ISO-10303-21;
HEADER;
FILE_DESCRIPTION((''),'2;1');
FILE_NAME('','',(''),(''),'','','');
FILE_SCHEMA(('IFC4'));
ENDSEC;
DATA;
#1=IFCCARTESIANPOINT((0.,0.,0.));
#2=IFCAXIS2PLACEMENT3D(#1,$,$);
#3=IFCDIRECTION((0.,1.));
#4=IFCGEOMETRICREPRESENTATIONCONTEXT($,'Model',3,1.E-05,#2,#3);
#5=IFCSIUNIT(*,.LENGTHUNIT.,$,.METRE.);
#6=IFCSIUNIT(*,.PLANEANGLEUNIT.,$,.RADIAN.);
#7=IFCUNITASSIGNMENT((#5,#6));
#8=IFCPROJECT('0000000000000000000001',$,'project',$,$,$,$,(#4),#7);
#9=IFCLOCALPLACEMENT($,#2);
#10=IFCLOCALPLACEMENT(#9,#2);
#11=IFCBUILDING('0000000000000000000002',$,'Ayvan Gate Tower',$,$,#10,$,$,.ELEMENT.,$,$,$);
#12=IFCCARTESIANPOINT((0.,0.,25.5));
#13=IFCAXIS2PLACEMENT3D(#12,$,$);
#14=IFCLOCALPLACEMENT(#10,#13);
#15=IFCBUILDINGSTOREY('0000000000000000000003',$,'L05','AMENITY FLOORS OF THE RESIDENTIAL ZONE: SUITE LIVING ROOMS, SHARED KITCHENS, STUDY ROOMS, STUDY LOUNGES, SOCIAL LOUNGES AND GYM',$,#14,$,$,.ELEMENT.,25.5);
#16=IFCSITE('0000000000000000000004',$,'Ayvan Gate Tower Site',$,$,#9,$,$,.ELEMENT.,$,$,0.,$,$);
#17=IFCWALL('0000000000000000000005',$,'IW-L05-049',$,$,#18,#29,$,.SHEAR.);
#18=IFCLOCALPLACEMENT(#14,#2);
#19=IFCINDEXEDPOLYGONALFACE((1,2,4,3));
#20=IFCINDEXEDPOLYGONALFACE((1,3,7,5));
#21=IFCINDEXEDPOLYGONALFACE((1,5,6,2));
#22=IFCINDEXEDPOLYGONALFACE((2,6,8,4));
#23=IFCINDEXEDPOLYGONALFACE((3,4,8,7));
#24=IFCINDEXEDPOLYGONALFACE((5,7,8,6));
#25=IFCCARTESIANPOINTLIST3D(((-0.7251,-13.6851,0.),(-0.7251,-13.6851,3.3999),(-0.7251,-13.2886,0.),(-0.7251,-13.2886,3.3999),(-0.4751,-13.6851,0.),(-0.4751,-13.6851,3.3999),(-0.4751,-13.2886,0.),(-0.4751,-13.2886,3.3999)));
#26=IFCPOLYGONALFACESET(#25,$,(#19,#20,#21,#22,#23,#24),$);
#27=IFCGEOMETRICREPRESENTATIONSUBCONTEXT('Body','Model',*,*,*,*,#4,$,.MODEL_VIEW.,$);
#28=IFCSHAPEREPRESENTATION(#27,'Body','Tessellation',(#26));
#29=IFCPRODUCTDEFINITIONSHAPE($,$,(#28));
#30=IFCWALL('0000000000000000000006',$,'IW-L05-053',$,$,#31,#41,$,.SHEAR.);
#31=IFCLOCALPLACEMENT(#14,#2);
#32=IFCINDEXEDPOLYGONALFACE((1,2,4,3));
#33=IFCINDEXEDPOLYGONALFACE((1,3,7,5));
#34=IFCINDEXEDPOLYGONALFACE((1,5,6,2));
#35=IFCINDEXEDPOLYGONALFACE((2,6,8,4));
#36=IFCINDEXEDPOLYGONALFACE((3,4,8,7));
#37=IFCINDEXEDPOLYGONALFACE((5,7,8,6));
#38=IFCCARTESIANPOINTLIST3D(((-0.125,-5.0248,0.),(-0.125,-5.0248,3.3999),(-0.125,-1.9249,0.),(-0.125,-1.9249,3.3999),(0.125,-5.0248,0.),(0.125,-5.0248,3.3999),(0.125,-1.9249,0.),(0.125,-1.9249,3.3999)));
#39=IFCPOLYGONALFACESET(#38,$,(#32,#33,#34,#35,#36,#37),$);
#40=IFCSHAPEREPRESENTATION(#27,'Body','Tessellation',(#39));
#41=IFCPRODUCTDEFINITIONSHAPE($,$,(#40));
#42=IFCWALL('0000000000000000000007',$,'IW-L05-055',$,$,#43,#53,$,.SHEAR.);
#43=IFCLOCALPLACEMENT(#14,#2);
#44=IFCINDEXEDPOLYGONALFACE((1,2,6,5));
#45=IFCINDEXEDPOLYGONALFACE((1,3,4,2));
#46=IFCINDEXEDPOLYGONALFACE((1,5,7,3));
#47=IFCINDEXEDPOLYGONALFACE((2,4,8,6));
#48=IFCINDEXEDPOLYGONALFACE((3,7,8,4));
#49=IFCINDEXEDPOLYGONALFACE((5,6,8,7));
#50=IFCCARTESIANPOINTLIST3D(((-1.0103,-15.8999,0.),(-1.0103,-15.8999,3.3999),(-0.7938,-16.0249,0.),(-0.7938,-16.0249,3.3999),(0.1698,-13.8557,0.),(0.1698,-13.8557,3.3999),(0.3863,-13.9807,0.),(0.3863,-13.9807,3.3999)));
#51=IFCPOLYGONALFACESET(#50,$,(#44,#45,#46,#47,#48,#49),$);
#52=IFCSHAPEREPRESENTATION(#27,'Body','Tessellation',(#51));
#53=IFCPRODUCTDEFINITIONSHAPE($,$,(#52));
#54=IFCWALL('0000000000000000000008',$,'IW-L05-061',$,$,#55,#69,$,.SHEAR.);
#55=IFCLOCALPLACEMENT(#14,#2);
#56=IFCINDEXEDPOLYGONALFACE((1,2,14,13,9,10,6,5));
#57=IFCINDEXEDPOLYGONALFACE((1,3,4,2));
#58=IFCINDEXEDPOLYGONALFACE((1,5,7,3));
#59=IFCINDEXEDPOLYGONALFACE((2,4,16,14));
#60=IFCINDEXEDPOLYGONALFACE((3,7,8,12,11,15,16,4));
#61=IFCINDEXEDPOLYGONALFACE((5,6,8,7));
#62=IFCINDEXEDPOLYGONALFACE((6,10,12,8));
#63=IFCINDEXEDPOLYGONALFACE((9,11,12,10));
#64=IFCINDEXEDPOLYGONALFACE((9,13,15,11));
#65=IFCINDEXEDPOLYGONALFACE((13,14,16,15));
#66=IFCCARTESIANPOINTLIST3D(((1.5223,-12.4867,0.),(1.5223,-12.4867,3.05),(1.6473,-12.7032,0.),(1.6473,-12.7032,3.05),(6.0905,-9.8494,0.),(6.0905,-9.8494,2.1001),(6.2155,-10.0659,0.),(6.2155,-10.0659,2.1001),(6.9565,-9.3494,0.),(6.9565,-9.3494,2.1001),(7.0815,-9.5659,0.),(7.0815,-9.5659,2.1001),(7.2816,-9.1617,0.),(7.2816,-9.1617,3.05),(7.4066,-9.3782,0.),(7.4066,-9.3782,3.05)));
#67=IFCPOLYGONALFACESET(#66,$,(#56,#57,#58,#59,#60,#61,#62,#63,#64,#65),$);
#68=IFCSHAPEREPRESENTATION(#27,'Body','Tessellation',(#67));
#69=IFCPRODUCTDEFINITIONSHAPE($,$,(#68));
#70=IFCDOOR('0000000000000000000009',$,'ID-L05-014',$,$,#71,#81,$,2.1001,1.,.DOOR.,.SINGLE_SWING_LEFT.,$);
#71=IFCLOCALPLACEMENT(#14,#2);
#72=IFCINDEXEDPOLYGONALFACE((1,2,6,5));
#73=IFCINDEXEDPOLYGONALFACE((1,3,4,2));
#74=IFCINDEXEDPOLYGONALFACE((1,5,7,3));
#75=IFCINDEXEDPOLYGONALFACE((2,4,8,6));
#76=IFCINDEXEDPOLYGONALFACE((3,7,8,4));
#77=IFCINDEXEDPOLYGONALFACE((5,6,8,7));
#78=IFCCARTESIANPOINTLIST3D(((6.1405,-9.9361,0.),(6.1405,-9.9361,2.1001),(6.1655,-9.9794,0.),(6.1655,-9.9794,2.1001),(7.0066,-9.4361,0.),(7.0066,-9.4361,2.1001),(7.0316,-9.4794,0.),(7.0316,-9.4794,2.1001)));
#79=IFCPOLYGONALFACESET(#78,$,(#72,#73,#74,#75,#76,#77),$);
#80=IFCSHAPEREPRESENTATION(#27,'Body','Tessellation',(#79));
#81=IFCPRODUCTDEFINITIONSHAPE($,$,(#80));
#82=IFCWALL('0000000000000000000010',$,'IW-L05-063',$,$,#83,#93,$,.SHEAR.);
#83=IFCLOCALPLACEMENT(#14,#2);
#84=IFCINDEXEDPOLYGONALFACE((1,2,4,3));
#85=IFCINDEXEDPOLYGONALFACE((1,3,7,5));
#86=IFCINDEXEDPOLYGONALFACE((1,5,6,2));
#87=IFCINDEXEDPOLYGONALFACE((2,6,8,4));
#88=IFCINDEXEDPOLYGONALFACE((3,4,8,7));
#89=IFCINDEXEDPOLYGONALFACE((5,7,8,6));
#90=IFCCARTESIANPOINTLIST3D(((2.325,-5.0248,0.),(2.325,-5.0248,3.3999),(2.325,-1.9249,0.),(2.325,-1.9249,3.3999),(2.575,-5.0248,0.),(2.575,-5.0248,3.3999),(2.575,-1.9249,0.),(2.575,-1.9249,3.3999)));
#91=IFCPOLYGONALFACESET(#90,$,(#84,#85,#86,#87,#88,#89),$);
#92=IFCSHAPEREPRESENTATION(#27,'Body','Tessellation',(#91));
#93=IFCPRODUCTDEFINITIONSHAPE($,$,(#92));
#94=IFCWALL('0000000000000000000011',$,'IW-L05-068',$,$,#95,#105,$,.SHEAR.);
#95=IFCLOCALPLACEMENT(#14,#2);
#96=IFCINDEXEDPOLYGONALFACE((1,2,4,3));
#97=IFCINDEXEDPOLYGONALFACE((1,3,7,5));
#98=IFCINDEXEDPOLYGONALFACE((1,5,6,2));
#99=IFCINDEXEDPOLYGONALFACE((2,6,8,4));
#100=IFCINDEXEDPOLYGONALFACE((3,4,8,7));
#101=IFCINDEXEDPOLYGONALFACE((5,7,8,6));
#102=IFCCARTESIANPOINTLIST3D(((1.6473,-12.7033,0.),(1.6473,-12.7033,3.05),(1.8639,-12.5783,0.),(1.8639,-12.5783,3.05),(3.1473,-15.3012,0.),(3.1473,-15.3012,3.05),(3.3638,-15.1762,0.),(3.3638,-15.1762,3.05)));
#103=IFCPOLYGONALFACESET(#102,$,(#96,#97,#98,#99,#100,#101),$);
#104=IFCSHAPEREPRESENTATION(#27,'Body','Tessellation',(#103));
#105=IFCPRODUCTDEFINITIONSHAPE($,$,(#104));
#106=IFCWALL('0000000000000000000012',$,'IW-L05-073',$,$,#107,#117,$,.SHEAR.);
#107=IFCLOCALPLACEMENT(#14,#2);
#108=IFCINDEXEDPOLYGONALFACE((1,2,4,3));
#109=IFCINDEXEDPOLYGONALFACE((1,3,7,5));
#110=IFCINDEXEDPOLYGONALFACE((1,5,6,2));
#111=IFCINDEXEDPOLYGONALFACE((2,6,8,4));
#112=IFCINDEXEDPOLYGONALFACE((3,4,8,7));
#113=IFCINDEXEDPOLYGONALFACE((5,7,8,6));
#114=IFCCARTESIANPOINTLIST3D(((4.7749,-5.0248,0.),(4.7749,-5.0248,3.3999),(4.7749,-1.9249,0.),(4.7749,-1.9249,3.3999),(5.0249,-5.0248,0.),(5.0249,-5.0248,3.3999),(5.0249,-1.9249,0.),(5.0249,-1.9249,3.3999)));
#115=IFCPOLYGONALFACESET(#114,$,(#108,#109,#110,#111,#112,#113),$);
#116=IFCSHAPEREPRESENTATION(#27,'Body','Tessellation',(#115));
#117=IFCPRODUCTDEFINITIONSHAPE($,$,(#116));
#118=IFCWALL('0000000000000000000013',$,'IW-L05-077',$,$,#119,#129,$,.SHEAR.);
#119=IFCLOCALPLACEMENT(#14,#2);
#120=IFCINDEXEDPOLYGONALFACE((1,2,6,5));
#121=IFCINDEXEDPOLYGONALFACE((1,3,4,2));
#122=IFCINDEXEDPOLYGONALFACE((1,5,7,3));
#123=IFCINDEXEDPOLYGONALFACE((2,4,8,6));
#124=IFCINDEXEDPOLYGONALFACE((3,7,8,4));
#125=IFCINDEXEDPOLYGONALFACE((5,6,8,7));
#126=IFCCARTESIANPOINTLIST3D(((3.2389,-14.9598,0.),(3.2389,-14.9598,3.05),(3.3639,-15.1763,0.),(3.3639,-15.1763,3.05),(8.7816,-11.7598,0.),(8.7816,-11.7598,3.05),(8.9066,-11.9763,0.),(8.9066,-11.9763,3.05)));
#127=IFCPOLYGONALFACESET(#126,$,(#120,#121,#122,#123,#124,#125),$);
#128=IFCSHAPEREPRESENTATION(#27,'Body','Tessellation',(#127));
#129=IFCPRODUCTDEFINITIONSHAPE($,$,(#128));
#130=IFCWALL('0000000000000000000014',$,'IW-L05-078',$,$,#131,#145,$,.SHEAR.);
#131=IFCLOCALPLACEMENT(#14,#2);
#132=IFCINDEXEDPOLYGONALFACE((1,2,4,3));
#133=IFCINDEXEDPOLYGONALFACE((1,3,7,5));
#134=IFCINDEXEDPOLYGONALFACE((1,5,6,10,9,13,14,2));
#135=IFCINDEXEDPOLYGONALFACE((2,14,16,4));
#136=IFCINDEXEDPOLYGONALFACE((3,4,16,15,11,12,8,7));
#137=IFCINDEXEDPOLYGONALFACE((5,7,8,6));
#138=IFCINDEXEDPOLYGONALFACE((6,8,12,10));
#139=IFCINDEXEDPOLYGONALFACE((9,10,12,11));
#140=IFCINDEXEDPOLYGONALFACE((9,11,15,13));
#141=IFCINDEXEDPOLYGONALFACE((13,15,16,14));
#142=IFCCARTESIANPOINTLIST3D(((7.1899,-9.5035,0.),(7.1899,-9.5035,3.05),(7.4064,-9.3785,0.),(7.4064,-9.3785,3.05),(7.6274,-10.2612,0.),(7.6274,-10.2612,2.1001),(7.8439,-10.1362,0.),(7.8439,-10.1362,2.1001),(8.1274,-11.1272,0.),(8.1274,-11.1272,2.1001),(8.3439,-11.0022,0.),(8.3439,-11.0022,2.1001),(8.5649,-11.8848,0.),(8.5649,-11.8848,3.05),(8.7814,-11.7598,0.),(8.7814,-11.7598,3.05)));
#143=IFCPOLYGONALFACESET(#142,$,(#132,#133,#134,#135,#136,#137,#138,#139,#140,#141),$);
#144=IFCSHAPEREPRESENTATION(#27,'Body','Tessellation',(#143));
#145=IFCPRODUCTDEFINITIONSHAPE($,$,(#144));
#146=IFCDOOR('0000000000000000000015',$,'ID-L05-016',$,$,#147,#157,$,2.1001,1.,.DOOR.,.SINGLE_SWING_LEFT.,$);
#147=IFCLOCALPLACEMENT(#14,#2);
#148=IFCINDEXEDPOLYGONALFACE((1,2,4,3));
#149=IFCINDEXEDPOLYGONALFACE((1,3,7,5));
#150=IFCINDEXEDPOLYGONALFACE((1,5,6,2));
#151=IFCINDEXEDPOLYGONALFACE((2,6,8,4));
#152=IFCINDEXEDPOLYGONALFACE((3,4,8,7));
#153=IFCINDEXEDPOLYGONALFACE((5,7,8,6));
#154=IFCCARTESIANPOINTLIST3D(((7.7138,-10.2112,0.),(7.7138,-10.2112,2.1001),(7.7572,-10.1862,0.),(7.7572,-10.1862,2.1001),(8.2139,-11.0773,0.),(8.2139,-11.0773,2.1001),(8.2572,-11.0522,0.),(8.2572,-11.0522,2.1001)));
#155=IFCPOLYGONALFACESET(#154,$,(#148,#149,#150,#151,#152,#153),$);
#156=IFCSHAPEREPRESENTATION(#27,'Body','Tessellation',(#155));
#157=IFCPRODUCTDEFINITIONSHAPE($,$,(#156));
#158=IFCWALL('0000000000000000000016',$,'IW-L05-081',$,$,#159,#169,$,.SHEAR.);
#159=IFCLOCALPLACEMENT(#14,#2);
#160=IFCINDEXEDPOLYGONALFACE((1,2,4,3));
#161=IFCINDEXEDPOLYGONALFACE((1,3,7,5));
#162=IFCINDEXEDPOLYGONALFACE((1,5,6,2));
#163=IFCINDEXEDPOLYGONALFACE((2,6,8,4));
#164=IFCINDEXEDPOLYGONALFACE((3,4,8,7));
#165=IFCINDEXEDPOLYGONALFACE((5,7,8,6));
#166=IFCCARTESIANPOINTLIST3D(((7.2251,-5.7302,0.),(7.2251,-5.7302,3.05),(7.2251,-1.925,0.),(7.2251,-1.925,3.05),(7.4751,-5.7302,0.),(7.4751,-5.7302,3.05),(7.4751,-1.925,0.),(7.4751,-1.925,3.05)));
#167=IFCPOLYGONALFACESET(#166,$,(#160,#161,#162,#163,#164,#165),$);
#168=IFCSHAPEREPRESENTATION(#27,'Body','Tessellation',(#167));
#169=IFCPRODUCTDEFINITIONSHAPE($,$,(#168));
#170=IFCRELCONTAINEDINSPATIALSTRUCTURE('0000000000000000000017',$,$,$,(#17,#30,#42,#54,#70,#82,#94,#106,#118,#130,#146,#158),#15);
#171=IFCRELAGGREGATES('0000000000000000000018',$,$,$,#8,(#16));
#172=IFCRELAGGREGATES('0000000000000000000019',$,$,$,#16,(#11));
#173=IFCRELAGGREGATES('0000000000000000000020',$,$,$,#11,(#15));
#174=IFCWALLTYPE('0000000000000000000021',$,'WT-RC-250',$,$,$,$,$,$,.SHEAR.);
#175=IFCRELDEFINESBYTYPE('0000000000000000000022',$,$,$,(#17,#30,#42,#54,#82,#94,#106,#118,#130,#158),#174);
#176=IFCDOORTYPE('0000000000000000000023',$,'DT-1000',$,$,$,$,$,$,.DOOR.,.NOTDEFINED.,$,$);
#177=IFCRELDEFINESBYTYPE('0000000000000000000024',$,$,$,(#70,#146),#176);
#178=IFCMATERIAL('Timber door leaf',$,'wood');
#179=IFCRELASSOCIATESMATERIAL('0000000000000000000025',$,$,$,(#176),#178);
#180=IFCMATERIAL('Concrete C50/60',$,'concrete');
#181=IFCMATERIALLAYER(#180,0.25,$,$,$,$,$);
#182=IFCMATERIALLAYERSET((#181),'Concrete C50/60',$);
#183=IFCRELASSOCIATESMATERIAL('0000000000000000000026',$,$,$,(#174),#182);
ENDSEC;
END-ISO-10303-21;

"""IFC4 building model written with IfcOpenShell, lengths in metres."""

from ifc_helpers import new_model, si_unit, direction, frame, frame_2d, origin, place, context, subcontext, project, spatial, rectangle, extrude, material, layer, layer_set, type_object, element, fill, save


model = new_model("IFC4")

# Units and contexts
model_context = context("Model", 3, precision=1e-05, world=origin(), true_north=direction((0.0, 1.0)))
body_context = subcontext(model_context, "Body", "Model", "MODEL_VIEW")
ifc_project = project(units=[si_unit("LENGTHUNIT", "METRE"), si_unit("PLANEANGLEUNIT", "RADIAN")], contexts=[model_context])

# Site, building, storey
site_placement = place(None, origin())
site = spatial("IfcSite", under=ifc_project, at=site_placement, Name="Ayvan Gate Tower Site", CompositionType="ELEMENT", RefElevation=0.0)
building_placement = place(site_placement, origin())
building = spatial("IfcBuilding", under=site, at=building_placement, Name="Ayvan Gate Tower", CompositionType="ELEMENT")
storey_placement = place(building_placement, frame((0.0, 0.0, 25.5)))
storey = spatial("IfcBuildingStorey", under=building, at=storey_placement, Name="L05", Description="AMENITY FLOORS OF THE RESIDENTIAL ZONE: SUITE LIVING ROOMS, SHARED KITCHENS, STUDY ROOMS, STUDY LOUNGES, SOCIAL LOUNGES AND GYM", CompositionType="ELEMENT", Elevation=25.5)

# Shared definitions
ifc_material_1 = material(Name="Timber door leaf", Category="wood")

# Shared definitions
door_type_1 = type_object("IfcDoorType", Name="DT-1000", OperationType="NOTDEFINED", PredefinedType="DOOR", material=ifc_material_1)

# Walls
ifc_material_2 = material(Name="Concrete C50/60", Category="concrete")
ifc_layer_1 = layer(ifc_material_2, 0.25)
ifc_layer_set_1 = layer_set([ifc_layer_1], Name="Concrete C50/60")
wall_type_1 = type_object("IfcWallType", Name="WT-RC-250", PredefinedType="SHEAR", material=ifc_layer_set_1)
wall_1_placement = place(storey_placement, frame((-0.6001, -13.2886, 0.0), z_axis=(0.0, 0.0, 1.0), x_axis=(0.0, -1.0, 0.0)))
element("IfcWall", 1, at=wall_1_placement, inside=storey, type_object=wall_type_1, Name="IW-L05-049", PredefinedType="SHEAR", context=body_context, shape_type="SweptSolid", body=[
    extrude(rectangle(XDim=0.3965, YDim=0.25, at=frame_2d((0.1982, 0.0))), origin(), (0.0, 0.0, 1.0), 3.3999),
])
wall_2_placement = place(storey_placement, frame((0.0, -1.925, 0.0), z_axis=(0.0, 0.0, 1.0), x_axis=(0.0, -1.0, 0.0)))
element("IfcWall", 2, at=wall_2_placement, inside=storey, type_object=wall_type_1, Name="IW-L05-053", PredefinedType="SHEAR", context=body_context, shape_type="SweptSolid", body=[
    extrude(rectangle(XDim=3.0999, YDim=0.25, at=frame_2d((1.5498, 0.0))), origin(), (0.0, 0.0, 1.0), 3.3999),
])
wall_3_placement = place(storey_placement, frame((0.2781, -13.9182, 0.0), z_axis=(0.0, 0.0, 1.0), x_axis=(-0.499988, -0.866032, 0.0)))
element("IfcWall", 3, at=wall_3_placement, inside=storey, type_object=wall_type_1, Name="IW-L05-055", PredefinedType="SHEAR", context=body_context, shape_type="SweptSolid", body=[
    extrude(rectangle(XDim=2.3604, YDim=0.25, at=frame_2d((1.1802, 0.0))), origin(), (0.0, 0.0, 1.0), 3.3999),
])

# Wall, opening, door
wall_4_placement = place(storey_placement, frame((1.5847, -12.595, 0.0), z_axis=(0.0, 0.0, 1.0), x_axis=(0.866036, 0.499981, 0.0)))
wall_4 = element("IfcWall", 4, at=wall_4_placement, inside=storey, type_object=wall_type_1, Name="IW-L05-061", PredefinedType="SHEAR", context=body_context, shape_type="SweptSolid", body=[
    extrude(rectangle(XDim=6.6501, YDim=0.25, at=frame_2d((3.3252, 0.0))), origin(), (0.0, 0.0, 1.0), 3.05),
])
opening_1_placement = place(wall_4_placement, frame((5.2749, 0.0, 0.0)))
opening_1 = element("IfcOpeningElement", 5, at=opening_1_placement, cuts=wall_4, PredefinedType="OPENING", context=body_context, shape_type="SweptSolid", body=[
    extrude(rectangle(XDim=1.0, YDim=2.1001, at=frame_2d((0.5, 1.05))), frame((0.0, 0.135, 0.0), z_axis=(0.0, -1.0, 0.0), x_axis=(1.0, 0.0, 0.0)), (0.0, 0.0, 1.0), 0.27),
])
door_1_placement = place(opening_1_placement, origin())
door_1 = element("IfcDoor", 6, at=door_1_placement, inside=storey, type_object=door_type_1, Name="ID-L05-014", OperationType="SINGLE_SWING_LEFT", OverallHeight=2.1001, OverallWidth=1.0, PredefinedType="DOOR", context=body_context, shape_type="SweptSolid", body=[
    extrude(rectangle(XDim=1.0, YDim=2.1001, at=frame_2d((0.5, 1.05))), frame((0.0, 0.0249, 0.0), z_axis=(0.0, -1.0, 0.0), x_axis=(1.0, 0.0, 0.0)), (0.0, 0.0, 1.0), 0.05),
])
fill(opening_1, door_1)

# Walls
wall_5_placement = place(storey_placement, frame((2.45, -1.925, 0.0), z_axis=(0.0, 0.0, 1.0), x_axis=(0.0, -1.0, 0.0)))
element("IfcWall", 7, at=wall_5_placement, inside=storey, type_object=wall_type_1, Name="IW-L05-063", PredefinedType="SHEAR", context=body_context, shape_type="SweptSolid", body=[
    extrude(rectangle(XDim=3.0999, YDim=0.25, at=frame_2d((1.5498, 0.0))), origin(), (0.0, 0.0, 1.0), 3.3999),
])
wall_6_placement = place(storey_placement, frame((3.2556, -15.2388, 0.0), z_axis=(0.0, 0.0, 1.0), x_axis=(-0.500025, 0.866011, 0.0)))
element("IfcWall", 8, at=wall_6_placement, inside=storey, type_object=wall_type_1, Name="IW-L05-068", PredefinedType="SHEAR", context=body_context, shape_type="SweptSolid", body=[
    extrude(rectangle(XDim=2.9998, YDim=0.25, at=frame_2d((1.5, 0.0))), origin(), (0.0, 0.0, 1.0), 3.05),
])
wall_7_placement = place(storey_placement, frame((4.8999, -1.925, 0.0), z_axis=(0.0, 0.0, 1.0), x_axis=(0.0, -1.0, 0.0)))
element("IfcWall", 9, at=wall_7_placement, inside=storey, type_object=wall_type_1, Name="IW-L05-073", PredefinedType="SHEAR", context=body_context, shape_type="SweptSolid", body=[
    extrude(rectangle(XDim=3.0999, YDim=0.25, at=frame_2d((1.5498, 0.0))), origin(), (0.0, 0.0, 1.0), 3.3999),
])
wall_8_placement = place(storey_placement, frame((3.3013, -15.0681, 0.0), z_axis=(0.0, 0.0, 1.0), x_axis=(0.866035, 0.499983, 0.0)))
element("IfcWall", 10, at=wall_8_placement, inside=storey, type_object=wall_type_1, Name="IW-L05-077", PredefinedType="SHEAR", context=body_context, shape_type="SweptSolid", body=[
    extrude(rectangle(XDim=6.4001, YDim=0.25, at=frame_2d((3.2002, 0.0))), origin(), (0.0, 0.0, 1.0), 3.05),
])

# Wall, opening, door
wall_9_placement = place(storey_placement, frame((7.2981, -9.4409, 0.0), z_axis=(0.0, 0.0, 1.0), x_axis=(0.500035, -0.866005, 0.0)))
wall_9 = element("IfcWall", 11, at=wall_9_placement, inside=storey, type_object=wall_type_1, Name="IW-L05-078", PredefinedType="SHEAR", context=body_context, shape_type="SweptSolid", body=[
    extrude(rectangle(XDim=2.7498, YDim=0.25, at=frame_2d((1.375, 0.0))), origin(), (0.0, 0.0, 1.0), 3.05),
])
opening_2_placement = place(wall_9_placement, frame((0.875, 0.0, 0.0)))
opening_2 = element("IfcOpeningElement", 12, at=opening_2_placement, cuts=wall_9, PredefinedType="OPENING", context=body_context, shape_type="SweptSolid", body=[
    extrude(rectangle(XDim=1.0, YDim=2.1001, at=frame_2d((0.5, 1.05))), frame((0.0, 0.135, 0.0), z_axis=(0.0, -1.0, 0.0), x_axis=(1.0, 0.0, 0.0)), (0.0, 0.0, 1.0), 0.27),
])
door_2_placement = place(opening_2_placement, origin())
door_2 = element("IfcDoor", 13, at=door_2_placement, inside=storey, type_object=door_type_1, Name="ID-L05-016", OperationType="SINGLE_SWING_LEFT", OverallHeight=2.1001, OverallWidth=1.0, PredefinedType="DOOR", context=body_context, shape_type="SweptSolid", body=[
    extrude(rectangle(XDim=1.0, YDim=2.1001, at=frame_2d((0.5, 1.05))), frame((0.0, 0.0249, 0.0), z_axis=(0.0, -1.0, 0.0), x_axis=(1.0, 0.0, 0.0)), (0.0, 0.0, 1.0), 0.05),
])
fill(opening_2, door_2)

# Wall
wall_10_placement = place(storey_placement, frame((7.3501, -1.925, 0.0), z_axis=(0.0, 0.0, 1.0), x_axis=(0.0, -1.0, 0.0)))
element("IfcWall", 14, at=wall_10_placement, inside=storey, type_object=wall_type_1, Name="IW-L05-081", PredefinedType="SHEAR", context=body_context, shape_type="SweptSolid", body=[
    extrude(rectangle(XDim=3.8052, YDim=0.25, at=frame_2d((1.9026, 0.0))), origin(), (0.0, 0.0, 1.0), 3.05),
])

save(model, "model.ifc")
